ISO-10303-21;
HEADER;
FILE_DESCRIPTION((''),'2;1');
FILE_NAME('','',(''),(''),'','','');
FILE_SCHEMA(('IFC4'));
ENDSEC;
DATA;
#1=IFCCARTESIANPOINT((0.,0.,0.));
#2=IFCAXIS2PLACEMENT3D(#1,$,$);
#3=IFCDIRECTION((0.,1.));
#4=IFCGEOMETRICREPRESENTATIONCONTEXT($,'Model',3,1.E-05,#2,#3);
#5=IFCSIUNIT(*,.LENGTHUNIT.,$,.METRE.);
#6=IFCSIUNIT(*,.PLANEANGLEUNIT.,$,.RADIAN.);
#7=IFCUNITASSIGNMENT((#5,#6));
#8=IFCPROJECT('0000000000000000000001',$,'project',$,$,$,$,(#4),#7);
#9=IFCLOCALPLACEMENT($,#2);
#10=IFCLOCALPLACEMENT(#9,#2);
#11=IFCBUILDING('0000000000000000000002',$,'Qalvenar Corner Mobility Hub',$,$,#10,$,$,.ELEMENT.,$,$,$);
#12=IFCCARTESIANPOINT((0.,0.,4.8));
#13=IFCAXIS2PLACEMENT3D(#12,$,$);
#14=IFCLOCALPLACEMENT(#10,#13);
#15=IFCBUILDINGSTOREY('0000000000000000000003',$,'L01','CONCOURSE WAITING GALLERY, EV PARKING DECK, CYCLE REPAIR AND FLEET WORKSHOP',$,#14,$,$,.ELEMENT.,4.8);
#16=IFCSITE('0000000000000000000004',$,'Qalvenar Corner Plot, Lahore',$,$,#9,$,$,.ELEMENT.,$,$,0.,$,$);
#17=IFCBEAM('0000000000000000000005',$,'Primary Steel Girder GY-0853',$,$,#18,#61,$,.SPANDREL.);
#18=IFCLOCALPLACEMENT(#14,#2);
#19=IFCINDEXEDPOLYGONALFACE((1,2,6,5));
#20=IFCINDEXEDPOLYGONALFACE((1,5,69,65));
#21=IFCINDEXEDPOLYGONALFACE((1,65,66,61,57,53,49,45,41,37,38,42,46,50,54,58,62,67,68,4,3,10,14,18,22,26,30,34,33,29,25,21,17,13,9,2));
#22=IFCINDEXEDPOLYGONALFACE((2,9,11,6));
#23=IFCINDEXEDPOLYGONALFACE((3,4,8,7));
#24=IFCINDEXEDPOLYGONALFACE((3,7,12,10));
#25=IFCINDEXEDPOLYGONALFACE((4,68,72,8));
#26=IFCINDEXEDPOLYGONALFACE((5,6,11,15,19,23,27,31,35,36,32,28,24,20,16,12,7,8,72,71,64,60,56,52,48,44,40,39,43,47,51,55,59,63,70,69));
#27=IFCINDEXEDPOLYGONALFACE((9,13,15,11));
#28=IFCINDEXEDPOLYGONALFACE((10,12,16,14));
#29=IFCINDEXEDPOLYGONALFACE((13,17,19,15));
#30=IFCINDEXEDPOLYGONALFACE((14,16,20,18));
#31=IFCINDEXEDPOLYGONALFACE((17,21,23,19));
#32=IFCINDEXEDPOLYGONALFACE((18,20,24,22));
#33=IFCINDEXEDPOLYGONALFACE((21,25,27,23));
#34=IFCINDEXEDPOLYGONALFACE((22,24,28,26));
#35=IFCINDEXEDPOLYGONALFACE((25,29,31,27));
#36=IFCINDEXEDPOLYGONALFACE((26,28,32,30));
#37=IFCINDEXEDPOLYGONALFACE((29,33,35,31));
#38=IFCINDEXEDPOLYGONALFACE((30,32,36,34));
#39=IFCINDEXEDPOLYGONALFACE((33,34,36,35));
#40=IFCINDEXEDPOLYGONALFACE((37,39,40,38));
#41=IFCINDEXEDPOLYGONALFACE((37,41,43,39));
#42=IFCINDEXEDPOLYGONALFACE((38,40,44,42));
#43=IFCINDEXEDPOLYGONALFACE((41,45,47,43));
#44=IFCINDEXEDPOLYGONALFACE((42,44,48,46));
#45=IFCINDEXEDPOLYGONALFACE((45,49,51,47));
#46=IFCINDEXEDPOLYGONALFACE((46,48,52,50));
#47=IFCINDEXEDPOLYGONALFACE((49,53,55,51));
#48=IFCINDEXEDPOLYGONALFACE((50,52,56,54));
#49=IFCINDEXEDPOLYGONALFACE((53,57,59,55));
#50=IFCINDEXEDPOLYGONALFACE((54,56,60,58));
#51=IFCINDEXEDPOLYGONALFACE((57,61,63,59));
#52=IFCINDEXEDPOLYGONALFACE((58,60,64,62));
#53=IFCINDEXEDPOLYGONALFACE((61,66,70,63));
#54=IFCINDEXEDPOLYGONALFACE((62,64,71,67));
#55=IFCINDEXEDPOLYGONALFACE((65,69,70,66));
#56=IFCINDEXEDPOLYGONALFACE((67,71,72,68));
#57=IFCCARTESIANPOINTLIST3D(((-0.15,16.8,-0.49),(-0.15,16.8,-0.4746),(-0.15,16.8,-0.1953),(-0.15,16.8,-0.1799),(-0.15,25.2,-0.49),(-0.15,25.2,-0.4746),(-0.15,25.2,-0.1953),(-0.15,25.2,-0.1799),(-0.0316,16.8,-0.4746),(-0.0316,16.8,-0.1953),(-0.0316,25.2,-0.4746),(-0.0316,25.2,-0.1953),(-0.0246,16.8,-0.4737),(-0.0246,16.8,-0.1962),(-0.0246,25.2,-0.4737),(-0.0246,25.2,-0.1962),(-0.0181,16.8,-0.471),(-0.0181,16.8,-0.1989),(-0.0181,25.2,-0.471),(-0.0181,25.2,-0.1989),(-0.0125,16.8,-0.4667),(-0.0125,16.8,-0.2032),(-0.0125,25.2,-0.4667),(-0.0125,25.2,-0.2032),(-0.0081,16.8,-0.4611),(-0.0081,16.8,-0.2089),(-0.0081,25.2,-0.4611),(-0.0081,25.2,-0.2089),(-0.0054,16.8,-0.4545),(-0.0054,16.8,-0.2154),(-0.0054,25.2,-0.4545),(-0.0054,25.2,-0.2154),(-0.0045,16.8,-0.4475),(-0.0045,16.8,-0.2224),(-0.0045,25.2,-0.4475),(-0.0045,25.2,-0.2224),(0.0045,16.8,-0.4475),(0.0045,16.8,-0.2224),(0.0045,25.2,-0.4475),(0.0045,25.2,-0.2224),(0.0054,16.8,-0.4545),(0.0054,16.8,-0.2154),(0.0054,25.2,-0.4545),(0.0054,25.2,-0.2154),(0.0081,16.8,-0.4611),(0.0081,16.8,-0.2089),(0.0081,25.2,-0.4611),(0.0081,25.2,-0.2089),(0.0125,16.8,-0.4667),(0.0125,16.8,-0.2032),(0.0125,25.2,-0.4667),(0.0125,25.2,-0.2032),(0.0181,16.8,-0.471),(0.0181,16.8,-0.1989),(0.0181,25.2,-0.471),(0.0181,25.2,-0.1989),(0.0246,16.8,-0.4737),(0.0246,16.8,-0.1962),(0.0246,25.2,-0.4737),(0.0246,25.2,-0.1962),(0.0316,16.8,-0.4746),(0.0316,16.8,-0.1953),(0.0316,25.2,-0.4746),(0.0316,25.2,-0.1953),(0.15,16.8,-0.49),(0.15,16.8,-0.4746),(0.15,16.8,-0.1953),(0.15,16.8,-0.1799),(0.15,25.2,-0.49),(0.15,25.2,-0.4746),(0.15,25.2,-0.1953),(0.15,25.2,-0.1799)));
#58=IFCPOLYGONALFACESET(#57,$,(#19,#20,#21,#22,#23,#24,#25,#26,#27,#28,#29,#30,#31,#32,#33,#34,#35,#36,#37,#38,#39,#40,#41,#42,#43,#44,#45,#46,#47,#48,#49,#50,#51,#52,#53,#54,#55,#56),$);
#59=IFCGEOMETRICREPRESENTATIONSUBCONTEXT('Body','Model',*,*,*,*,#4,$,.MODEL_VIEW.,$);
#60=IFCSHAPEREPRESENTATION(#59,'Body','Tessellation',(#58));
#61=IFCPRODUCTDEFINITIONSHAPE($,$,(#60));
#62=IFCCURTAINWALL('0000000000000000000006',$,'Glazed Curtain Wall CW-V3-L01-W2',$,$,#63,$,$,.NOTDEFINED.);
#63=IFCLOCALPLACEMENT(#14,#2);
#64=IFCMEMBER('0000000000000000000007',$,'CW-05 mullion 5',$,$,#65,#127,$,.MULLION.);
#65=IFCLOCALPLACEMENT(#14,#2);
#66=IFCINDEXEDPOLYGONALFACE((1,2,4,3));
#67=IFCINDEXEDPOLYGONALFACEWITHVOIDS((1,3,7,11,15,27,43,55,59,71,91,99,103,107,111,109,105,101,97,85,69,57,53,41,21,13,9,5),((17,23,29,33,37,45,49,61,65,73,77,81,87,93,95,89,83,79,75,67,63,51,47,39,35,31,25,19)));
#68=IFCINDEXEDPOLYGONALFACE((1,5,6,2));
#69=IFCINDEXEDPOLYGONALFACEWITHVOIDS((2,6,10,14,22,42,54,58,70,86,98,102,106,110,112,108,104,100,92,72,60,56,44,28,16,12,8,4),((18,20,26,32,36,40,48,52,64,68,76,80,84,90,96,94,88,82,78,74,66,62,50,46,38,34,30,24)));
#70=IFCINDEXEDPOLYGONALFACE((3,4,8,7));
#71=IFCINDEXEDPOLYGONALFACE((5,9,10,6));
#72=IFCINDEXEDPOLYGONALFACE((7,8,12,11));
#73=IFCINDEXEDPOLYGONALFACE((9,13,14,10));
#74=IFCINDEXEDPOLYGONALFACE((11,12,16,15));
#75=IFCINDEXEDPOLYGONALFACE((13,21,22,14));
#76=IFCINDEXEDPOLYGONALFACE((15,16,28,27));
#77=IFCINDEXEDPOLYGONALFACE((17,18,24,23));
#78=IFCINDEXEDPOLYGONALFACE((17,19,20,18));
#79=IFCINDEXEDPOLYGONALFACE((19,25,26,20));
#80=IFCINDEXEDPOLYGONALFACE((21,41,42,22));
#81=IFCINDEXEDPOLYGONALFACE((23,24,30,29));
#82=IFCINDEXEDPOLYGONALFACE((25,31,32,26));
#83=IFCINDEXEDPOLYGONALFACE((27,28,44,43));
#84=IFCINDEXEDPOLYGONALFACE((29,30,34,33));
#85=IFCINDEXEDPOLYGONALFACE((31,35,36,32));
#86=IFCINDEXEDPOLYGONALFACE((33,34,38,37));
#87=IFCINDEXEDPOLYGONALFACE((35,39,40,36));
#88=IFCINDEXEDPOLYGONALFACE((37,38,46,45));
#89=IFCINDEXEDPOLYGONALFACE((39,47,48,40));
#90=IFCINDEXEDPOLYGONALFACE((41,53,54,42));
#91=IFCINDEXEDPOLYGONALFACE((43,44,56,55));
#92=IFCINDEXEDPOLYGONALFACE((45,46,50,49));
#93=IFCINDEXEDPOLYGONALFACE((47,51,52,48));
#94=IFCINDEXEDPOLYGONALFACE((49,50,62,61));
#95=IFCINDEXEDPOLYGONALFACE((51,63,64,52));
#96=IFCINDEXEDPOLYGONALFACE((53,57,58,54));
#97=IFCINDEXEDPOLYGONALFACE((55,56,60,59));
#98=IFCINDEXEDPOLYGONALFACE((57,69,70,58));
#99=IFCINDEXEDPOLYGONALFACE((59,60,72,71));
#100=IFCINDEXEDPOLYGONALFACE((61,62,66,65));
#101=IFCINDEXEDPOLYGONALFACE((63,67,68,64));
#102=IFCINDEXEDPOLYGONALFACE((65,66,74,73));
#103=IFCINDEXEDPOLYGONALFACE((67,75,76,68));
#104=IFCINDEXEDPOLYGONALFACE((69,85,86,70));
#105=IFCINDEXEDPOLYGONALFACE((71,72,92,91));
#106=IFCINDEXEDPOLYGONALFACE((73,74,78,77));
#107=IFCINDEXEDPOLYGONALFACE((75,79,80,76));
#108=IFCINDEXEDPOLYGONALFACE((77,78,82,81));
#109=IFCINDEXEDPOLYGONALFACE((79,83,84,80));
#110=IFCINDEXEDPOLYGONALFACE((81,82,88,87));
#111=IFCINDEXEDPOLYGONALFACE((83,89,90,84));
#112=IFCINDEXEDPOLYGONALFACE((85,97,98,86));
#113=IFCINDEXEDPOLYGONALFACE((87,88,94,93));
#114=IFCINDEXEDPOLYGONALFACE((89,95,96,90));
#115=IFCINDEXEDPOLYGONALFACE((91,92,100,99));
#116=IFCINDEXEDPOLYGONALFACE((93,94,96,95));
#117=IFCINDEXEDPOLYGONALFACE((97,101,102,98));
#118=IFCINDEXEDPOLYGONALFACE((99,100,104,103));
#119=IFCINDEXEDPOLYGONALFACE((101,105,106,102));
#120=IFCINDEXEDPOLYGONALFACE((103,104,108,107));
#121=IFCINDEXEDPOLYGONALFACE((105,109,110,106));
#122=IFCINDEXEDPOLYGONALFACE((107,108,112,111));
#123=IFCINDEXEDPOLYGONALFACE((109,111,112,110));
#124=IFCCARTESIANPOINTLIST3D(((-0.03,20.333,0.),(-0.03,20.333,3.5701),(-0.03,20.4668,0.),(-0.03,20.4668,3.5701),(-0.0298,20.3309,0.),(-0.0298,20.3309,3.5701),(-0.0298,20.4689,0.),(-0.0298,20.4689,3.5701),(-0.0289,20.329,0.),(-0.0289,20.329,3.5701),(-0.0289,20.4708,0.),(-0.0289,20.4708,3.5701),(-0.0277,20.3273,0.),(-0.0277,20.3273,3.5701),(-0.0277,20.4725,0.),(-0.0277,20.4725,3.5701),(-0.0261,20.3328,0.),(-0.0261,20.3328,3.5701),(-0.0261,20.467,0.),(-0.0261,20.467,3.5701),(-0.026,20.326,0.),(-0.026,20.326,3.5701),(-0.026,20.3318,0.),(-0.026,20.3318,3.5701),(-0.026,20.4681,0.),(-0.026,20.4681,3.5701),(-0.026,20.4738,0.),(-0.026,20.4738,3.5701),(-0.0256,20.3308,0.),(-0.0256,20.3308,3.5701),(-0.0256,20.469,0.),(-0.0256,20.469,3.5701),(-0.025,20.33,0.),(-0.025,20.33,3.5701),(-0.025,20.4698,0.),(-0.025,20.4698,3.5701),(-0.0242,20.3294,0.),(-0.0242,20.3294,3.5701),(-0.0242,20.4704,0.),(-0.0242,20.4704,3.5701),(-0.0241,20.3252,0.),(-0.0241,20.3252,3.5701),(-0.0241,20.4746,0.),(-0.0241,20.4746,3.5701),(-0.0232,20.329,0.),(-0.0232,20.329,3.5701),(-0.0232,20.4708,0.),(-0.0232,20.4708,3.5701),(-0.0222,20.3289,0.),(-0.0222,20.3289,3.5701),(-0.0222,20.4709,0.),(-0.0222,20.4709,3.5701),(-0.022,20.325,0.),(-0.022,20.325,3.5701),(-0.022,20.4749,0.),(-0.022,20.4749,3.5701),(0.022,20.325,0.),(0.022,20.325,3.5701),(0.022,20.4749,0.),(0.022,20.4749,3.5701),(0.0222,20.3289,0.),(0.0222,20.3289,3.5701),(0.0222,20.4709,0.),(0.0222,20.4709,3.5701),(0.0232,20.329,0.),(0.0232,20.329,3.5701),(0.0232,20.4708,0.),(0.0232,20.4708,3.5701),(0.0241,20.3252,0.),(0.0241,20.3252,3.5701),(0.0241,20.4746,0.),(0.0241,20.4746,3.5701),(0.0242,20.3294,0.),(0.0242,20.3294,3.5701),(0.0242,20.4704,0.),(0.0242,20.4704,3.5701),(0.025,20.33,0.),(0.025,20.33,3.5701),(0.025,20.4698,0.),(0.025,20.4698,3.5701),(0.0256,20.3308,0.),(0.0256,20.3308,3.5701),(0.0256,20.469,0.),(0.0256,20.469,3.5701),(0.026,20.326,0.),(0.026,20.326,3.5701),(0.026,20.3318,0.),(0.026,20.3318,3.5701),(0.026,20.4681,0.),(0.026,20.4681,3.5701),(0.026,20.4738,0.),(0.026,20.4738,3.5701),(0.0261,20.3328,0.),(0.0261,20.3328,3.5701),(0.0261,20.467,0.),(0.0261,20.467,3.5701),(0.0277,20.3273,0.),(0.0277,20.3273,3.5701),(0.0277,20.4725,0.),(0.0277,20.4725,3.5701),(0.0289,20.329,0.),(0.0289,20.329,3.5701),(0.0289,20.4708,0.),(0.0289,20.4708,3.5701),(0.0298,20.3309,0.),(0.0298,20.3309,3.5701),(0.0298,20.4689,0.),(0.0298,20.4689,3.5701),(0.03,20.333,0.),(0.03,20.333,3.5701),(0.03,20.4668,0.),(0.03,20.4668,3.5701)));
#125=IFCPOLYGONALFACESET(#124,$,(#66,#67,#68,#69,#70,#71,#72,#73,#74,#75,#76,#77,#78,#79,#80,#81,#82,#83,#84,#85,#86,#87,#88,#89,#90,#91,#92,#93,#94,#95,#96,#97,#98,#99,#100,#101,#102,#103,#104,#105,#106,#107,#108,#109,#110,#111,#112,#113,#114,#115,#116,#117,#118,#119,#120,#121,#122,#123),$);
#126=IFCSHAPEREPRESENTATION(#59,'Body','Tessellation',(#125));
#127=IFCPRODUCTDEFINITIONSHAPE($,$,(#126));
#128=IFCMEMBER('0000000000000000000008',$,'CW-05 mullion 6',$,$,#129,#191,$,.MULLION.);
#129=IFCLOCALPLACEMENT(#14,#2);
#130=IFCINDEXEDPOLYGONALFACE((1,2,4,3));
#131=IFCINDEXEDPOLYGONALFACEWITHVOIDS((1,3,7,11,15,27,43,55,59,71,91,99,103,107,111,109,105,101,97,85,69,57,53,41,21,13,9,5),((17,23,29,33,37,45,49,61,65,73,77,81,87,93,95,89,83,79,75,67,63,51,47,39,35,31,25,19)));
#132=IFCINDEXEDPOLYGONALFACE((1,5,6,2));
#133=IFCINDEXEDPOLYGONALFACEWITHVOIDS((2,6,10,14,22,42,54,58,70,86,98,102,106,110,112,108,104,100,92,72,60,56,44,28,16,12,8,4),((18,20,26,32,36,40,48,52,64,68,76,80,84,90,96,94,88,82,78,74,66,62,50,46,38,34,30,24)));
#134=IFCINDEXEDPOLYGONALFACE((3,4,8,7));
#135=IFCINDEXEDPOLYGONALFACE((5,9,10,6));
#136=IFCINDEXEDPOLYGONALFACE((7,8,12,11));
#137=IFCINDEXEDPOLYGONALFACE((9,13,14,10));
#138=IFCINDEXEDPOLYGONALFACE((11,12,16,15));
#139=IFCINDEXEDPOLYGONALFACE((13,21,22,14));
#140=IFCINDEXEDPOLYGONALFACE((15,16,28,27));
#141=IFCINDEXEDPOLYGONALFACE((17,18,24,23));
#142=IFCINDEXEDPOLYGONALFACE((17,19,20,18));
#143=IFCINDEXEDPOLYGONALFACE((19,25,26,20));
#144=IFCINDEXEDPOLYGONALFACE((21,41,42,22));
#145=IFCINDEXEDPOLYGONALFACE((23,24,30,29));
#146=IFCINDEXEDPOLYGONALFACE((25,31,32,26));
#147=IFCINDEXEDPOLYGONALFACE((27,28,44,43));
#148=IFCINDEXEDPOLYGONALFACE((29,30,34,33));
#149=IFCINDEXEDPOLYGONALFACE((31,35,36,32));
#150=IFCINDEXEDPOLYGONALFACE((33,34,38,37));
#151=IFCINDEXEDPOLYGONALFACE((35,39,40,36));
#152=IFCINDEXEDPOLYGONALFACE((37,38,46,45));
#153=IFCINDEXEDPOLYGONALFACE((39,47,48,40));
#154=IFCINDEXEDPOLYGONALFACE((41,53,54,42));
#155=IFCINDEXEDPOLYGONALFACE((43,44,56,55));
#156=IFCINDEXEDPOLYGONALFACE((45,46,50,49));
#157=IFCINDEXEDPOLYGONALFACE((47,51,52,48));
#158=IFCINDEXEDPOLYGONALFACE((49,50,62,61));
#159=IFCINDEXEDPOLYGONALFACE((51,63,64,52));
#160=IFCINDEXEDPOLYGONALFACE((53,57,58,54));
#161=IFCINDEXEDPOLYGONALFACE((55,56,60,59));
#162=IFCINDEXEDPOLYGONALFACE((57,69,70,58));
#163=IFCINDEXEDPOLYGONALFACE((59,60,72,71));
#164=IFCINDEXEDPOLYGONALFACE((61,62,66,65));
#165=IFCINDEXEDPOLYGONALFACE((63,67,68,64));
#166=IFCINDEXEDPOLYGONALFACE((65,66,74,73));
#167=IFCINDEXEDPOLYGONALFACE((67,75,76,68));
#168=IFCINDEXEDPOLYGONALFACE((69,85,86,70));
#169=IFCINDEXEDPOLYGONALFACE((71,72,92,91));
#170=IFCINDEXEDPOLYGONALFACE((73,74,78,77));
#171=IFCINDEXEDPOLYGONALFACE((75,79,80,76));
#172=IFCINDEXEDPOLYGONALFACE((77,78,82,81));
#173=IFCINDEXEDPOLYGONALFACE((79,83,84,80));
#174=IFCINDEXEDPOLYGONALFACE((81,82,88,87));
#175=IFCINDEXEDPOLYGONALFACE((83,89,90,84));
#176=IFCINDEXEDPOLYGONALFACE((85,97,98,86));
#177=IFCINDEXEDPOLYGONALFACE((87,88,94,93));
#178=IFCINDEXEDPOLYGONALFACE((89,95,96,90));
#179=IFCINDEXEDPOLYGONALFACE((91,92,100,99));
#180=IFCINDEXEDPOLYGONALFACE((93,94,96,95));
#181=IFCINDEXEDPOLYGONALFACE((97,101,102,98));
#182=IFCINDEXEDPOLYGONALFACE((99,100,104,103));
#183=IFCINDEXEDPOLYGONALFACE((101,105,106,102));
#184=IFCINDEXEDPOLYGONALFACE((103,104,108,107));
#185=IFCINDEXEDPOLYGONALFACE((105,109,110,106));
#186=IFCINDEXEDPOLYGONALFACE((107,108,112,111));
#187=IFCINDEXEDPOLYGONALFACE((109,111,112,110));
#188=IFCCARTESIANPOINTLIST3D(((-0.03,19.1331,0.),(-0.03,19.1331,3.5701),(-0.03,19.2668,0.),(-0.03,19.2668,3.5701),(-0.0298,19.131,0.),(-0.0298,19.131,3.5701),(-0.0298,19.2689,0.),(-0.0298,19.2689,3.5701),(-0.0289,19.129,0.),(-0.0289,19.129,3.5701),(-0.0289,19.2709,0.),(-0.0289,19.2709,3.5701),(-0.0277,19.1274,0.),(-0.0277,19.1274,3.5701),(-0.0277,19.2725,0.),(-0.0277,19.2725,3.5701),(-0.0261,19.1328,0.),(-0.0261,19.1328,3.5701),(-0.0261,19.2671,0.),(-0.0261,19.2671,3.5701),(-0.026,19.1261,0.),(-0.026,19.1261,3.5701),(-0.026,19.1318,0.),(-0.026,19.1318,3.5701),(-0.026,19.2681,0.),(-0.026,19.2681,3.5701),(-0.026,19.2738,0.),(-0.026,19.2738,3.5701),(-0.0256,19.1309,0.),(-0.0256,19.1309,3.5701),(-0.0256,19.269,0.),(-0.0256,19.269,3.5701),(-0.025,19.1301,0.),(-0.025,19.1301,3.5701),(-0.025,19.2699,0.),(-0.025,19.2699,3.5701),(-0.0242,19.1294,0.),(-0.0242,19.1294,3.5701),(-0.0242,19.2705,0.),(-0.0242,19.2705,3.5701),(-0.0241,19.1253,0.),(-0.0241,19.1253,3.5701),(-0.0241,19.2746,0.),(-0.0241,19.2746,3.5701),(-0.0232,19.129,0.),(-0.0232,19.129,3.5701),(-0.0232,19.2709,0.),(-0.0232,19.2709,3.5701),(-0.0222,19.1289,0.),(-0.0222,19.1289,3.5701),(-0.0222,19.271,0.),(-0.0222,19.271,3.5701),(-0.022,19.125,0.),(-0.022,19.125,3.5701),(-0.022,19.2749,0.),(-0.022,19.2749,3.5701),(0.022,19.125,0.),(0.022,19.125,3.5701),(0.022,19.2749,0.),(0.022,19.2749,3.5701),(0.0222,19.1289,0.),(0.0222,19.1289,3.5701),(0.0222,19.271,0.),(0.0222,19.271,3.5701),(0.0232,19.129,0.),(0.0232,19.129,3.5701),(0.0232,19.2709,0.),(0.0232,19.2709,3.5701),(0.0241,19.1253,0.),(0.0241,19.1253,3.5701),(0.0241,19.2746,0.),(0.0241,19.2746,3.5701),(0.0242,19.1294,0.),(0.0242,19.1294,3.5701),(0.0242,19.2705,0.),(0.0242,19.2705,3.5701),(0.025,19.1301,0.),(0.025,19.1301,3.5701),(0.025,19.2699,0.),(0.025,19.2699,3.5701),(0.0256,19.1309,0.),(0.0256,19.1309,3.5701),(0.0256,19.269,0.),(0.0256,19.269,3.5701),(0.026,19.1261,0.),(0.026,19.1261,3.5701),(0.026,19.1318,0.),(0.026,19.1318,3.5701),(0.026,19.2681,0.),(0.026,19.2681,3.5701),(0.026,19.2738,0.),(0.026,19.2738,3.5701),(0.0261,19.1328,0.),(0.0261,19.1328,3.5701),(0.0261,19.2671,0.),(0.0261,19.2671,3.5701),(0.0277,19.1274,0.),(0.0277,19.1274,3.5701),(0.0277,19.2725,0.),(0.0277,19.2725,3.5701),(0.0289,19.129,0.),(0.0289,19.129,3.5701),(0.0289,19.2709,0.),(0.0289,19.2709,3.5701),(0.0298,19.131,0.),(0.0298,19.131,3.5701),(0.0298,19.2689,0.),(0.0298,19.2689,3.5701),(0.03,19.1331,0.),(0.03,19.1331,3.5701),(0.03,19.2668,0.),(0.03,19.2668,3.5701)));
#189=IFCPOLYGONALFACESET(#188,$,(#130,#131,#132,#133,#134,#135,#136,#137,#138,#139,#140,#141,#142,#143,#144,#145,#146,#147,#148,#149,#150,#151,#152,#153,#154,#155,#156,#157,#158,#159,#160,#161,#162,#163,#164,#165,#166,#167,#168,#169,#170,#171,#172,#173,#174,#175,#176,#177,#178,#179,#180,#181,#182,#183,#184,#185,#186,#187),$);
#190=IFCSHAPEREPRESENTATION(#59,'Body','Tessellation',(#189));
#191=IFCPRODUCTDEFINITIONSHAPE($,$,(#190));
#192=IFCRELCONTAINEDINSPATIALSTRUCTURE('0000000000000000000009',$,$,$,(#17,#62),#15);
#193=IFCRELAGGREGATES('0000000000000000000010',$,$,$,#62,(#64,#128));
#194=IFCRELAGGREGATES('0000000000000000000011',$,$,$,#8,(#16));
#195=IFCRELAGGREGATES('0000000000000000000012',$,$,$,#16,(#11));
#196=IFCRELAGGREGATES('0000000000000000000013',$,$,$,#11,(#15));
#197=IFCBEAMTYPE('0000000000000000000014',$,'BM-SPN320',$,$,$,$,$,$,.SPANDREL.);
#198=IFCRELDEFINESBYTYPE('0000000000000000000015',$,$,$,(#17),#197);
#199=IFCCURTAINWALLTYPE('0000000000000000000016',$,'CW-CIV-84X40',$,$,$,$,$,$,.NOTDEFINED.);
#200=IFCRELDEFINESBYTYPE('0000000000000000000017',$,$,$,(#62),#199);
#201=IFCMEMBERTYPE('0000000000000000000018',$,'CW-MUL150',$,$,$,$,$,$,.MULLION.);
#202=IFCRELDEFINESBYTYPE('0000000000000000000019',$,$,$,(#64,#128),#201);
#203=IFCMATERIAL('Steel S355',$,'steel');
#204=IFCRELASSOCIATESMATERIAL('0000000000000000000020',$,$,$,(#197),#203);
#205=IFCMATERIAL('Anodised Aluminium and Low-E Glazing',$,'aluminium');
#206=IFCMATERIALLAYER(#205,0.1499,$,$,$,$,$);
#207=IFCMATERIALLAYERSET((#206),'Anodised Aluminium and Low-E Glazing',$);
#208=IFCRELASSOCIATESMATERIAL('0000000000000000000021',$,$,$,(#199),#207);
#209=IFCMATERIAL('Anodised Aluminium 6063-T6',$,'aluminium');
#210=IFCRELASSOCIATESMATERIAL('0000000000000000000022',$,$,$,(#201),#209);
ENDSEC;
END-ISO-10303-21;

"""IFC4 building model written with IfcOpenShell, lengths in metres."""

from ifc_helpers import new_model, si_unit, direction, frame, origin, origin_2d, place, context, subcontext, project, spatial, hollow_rectangle, i_section, extrude, material, layer, layer_set, material_profile, profile_set, type_object, element, aggregate, save


model = new_model("IFC4")

# Units and contexts
model_context = context("Model", 3, precision=1e-05, world=origin(), true_north=direction((0.0, 1.0)))
body_context = subcontext(model_context, "Body", "Model", "MODEL_VIEW")
ifc_project = project(units=[si_unit("LENGTHUNIT", "METRE"), si_unit("PLANEANGLEUNIT", "RADIAN")], contexts=[model_context])

# Site, building, storey
site_placement = place(None, origin())
site = spatial("IfcSite", under=ifc_project, at=site_placement, Name="Qalvenar Corner Plot, Lahore", CompositionType="ELEMENT", RefElevation=0.0)
building_placement = place(site_placement, origin())
building = spatial("IfcBuilding", under=site, at=building_placement, Name="Qalvenar Corner Mobility Hub", CompositionType="ELEMENT")
storey_placement = place(building_placement, frame((0.0, 0.0, 4.8)))
storey = spatial("IfcBuildingStorey", under=building, at=storey_placement, Name="L01", Description="CONCOURSE WAITING GALLERY, EV PARKING DECK, CYCLE REPAIR AND FLEET WORKSHOP", CompositionType="ELEMENT", Elevation=4.8)

# Beam
ifc_material_1 = material(Name="Steel S355", Category="steel")
ifc_material_profile_1 = material_profile(ifc_material_1, i_section(OverallWidth=0.3, OverallDepth=0.3101, WebThickness=0.009, FlangeThickness=0.0154, FilletRadius=0.0271, at=origin_2d()), Name="HEA320")
ifc_profile_set_1 = profile_set([ifc_material_profile_1], Name="Steel S355")
beam_type_1 = type_object("IfcBeamType", Name="BM-SPN320", PredefinedType="SPANDREL", material=ifc_profile_set_1)
beam_1_placement = place(storey_placement, frame((0.0, 16.8, -0.335), z_axis=(0.0, 1.0, 0.0), x_axis=(-1.0, 0.0, 0.0)))
element("IfcBeam", 1, at=beam_1_placement, inside=storey, type_object=beam_type_1, Name="Primary Steel Girder GY-0853", PredefinedType="SPANDREL", context=body_context, shape_type="SweptSolid", body=[
    extrude(i_section(OverallWidth=0.3, OverallDepth=0.3101, WebThickness=0.009, FlangeThickness=0.0154, FilletRadius=0.0271, at=origin_2d()), origin(), (0.0, 0.0, 1.0), 8.3999),
])

# Curtain wall, members
ifc_material_2 = material(Name="Anodised Aluminium and Low-E Glazing", Category="aluminium")
ifc_layer_1 = layer(ifc_material_2, 0.1499)
ifc_layer_set_1 = layer_set([ifc_layer_1], Name="Anodised Aluminium and Low-E Glazing")
curtain_wall_type = type_object("IfcCurtainWallType", Name="CW-CIV-84X40", PredefinedType="NOTDEFINED", material=ifc_layer_set_1)
curtain_wall_placement = place(storey_placement, origin())
curtain_wall = element("IfcCurtainWall", 2, at=curtain_wall_placement, inside=storey, type_object=curtain_wall_type, Name="Glazed Curtain Wall CW-V3-L01-W2", PredefinedType="NOTDEFINED")
ifc_material_3 = material(Name="Anodised Aluminium 6063-T6", Category="aluminium")
ifc_material_profile_2 = material_profile(ifc_material_3, hollow_rectangle(XDim=0.0601, YDim=0.1499, WallThickness=0.0039, InnerFilletRadius=0.0039, OuterFilletRadius=0.0081, at=origin_2d()), Name="RHS150x60x4")
ifc_profile_set_2 = profile_set([ifc_material_profile_2], Name="Anodised Aluminium 6063-T6")
member_type_1 = type_object("IfcMemberType", Name="CW-MUL150", PredefinedType="MULLION", material=ifc_profile_set_2)
member_1_placement = place(storey_placement, frame((0.0, 20.3999, 0.0), z_axis=(0.0, 0.0, 1.0), x_axis=(1.0, 0.0, 0.0)))
member_1 = element("IfcMember", 3, at=member_1_placement, type_object=member_type_1, Name="CW-05 mullion 5", PredefinedType="MULLION", context=body_context, shape_type="SweptSolid", body=[
    extrude(hollow_rectangle(XDim=0.0601, YDim=0.1499, WallThickness=0.0039, InnerFilletRadius=0.0039, OuterFilletRadius=0.0081, at=origin_2d()), origin(), (0.0, 0.0, 1.0), 3.5701),
])
member_2_placement = place(storey_placement, frame((0.0, 19.2, 0.0), z_axis=(0.0, 0.0, 1.0), x_axis=(1.0, 0.0, 0.0)))
member_2 = element("IfcMember", 4, at=member_2_placement, type_object=member_type_1, Name="CW-05 mullion 6", PredefinedType="MULLION", context=body_context, shape_type="SweptSolid", body=[
    extrude(hollow_rectangle(XDim=0.0601, YDim=0.1499, WallThickness=0.0039, InnerFilletRadius=0.0039, OuterFilletRadius=0.0081, at=origin_2d()), origin(), (0.0, 0.0, 1.0), 3.5701),
])
aggregate(curtain_wall, [member_1, member_2])

save(model, "model.ifc")
